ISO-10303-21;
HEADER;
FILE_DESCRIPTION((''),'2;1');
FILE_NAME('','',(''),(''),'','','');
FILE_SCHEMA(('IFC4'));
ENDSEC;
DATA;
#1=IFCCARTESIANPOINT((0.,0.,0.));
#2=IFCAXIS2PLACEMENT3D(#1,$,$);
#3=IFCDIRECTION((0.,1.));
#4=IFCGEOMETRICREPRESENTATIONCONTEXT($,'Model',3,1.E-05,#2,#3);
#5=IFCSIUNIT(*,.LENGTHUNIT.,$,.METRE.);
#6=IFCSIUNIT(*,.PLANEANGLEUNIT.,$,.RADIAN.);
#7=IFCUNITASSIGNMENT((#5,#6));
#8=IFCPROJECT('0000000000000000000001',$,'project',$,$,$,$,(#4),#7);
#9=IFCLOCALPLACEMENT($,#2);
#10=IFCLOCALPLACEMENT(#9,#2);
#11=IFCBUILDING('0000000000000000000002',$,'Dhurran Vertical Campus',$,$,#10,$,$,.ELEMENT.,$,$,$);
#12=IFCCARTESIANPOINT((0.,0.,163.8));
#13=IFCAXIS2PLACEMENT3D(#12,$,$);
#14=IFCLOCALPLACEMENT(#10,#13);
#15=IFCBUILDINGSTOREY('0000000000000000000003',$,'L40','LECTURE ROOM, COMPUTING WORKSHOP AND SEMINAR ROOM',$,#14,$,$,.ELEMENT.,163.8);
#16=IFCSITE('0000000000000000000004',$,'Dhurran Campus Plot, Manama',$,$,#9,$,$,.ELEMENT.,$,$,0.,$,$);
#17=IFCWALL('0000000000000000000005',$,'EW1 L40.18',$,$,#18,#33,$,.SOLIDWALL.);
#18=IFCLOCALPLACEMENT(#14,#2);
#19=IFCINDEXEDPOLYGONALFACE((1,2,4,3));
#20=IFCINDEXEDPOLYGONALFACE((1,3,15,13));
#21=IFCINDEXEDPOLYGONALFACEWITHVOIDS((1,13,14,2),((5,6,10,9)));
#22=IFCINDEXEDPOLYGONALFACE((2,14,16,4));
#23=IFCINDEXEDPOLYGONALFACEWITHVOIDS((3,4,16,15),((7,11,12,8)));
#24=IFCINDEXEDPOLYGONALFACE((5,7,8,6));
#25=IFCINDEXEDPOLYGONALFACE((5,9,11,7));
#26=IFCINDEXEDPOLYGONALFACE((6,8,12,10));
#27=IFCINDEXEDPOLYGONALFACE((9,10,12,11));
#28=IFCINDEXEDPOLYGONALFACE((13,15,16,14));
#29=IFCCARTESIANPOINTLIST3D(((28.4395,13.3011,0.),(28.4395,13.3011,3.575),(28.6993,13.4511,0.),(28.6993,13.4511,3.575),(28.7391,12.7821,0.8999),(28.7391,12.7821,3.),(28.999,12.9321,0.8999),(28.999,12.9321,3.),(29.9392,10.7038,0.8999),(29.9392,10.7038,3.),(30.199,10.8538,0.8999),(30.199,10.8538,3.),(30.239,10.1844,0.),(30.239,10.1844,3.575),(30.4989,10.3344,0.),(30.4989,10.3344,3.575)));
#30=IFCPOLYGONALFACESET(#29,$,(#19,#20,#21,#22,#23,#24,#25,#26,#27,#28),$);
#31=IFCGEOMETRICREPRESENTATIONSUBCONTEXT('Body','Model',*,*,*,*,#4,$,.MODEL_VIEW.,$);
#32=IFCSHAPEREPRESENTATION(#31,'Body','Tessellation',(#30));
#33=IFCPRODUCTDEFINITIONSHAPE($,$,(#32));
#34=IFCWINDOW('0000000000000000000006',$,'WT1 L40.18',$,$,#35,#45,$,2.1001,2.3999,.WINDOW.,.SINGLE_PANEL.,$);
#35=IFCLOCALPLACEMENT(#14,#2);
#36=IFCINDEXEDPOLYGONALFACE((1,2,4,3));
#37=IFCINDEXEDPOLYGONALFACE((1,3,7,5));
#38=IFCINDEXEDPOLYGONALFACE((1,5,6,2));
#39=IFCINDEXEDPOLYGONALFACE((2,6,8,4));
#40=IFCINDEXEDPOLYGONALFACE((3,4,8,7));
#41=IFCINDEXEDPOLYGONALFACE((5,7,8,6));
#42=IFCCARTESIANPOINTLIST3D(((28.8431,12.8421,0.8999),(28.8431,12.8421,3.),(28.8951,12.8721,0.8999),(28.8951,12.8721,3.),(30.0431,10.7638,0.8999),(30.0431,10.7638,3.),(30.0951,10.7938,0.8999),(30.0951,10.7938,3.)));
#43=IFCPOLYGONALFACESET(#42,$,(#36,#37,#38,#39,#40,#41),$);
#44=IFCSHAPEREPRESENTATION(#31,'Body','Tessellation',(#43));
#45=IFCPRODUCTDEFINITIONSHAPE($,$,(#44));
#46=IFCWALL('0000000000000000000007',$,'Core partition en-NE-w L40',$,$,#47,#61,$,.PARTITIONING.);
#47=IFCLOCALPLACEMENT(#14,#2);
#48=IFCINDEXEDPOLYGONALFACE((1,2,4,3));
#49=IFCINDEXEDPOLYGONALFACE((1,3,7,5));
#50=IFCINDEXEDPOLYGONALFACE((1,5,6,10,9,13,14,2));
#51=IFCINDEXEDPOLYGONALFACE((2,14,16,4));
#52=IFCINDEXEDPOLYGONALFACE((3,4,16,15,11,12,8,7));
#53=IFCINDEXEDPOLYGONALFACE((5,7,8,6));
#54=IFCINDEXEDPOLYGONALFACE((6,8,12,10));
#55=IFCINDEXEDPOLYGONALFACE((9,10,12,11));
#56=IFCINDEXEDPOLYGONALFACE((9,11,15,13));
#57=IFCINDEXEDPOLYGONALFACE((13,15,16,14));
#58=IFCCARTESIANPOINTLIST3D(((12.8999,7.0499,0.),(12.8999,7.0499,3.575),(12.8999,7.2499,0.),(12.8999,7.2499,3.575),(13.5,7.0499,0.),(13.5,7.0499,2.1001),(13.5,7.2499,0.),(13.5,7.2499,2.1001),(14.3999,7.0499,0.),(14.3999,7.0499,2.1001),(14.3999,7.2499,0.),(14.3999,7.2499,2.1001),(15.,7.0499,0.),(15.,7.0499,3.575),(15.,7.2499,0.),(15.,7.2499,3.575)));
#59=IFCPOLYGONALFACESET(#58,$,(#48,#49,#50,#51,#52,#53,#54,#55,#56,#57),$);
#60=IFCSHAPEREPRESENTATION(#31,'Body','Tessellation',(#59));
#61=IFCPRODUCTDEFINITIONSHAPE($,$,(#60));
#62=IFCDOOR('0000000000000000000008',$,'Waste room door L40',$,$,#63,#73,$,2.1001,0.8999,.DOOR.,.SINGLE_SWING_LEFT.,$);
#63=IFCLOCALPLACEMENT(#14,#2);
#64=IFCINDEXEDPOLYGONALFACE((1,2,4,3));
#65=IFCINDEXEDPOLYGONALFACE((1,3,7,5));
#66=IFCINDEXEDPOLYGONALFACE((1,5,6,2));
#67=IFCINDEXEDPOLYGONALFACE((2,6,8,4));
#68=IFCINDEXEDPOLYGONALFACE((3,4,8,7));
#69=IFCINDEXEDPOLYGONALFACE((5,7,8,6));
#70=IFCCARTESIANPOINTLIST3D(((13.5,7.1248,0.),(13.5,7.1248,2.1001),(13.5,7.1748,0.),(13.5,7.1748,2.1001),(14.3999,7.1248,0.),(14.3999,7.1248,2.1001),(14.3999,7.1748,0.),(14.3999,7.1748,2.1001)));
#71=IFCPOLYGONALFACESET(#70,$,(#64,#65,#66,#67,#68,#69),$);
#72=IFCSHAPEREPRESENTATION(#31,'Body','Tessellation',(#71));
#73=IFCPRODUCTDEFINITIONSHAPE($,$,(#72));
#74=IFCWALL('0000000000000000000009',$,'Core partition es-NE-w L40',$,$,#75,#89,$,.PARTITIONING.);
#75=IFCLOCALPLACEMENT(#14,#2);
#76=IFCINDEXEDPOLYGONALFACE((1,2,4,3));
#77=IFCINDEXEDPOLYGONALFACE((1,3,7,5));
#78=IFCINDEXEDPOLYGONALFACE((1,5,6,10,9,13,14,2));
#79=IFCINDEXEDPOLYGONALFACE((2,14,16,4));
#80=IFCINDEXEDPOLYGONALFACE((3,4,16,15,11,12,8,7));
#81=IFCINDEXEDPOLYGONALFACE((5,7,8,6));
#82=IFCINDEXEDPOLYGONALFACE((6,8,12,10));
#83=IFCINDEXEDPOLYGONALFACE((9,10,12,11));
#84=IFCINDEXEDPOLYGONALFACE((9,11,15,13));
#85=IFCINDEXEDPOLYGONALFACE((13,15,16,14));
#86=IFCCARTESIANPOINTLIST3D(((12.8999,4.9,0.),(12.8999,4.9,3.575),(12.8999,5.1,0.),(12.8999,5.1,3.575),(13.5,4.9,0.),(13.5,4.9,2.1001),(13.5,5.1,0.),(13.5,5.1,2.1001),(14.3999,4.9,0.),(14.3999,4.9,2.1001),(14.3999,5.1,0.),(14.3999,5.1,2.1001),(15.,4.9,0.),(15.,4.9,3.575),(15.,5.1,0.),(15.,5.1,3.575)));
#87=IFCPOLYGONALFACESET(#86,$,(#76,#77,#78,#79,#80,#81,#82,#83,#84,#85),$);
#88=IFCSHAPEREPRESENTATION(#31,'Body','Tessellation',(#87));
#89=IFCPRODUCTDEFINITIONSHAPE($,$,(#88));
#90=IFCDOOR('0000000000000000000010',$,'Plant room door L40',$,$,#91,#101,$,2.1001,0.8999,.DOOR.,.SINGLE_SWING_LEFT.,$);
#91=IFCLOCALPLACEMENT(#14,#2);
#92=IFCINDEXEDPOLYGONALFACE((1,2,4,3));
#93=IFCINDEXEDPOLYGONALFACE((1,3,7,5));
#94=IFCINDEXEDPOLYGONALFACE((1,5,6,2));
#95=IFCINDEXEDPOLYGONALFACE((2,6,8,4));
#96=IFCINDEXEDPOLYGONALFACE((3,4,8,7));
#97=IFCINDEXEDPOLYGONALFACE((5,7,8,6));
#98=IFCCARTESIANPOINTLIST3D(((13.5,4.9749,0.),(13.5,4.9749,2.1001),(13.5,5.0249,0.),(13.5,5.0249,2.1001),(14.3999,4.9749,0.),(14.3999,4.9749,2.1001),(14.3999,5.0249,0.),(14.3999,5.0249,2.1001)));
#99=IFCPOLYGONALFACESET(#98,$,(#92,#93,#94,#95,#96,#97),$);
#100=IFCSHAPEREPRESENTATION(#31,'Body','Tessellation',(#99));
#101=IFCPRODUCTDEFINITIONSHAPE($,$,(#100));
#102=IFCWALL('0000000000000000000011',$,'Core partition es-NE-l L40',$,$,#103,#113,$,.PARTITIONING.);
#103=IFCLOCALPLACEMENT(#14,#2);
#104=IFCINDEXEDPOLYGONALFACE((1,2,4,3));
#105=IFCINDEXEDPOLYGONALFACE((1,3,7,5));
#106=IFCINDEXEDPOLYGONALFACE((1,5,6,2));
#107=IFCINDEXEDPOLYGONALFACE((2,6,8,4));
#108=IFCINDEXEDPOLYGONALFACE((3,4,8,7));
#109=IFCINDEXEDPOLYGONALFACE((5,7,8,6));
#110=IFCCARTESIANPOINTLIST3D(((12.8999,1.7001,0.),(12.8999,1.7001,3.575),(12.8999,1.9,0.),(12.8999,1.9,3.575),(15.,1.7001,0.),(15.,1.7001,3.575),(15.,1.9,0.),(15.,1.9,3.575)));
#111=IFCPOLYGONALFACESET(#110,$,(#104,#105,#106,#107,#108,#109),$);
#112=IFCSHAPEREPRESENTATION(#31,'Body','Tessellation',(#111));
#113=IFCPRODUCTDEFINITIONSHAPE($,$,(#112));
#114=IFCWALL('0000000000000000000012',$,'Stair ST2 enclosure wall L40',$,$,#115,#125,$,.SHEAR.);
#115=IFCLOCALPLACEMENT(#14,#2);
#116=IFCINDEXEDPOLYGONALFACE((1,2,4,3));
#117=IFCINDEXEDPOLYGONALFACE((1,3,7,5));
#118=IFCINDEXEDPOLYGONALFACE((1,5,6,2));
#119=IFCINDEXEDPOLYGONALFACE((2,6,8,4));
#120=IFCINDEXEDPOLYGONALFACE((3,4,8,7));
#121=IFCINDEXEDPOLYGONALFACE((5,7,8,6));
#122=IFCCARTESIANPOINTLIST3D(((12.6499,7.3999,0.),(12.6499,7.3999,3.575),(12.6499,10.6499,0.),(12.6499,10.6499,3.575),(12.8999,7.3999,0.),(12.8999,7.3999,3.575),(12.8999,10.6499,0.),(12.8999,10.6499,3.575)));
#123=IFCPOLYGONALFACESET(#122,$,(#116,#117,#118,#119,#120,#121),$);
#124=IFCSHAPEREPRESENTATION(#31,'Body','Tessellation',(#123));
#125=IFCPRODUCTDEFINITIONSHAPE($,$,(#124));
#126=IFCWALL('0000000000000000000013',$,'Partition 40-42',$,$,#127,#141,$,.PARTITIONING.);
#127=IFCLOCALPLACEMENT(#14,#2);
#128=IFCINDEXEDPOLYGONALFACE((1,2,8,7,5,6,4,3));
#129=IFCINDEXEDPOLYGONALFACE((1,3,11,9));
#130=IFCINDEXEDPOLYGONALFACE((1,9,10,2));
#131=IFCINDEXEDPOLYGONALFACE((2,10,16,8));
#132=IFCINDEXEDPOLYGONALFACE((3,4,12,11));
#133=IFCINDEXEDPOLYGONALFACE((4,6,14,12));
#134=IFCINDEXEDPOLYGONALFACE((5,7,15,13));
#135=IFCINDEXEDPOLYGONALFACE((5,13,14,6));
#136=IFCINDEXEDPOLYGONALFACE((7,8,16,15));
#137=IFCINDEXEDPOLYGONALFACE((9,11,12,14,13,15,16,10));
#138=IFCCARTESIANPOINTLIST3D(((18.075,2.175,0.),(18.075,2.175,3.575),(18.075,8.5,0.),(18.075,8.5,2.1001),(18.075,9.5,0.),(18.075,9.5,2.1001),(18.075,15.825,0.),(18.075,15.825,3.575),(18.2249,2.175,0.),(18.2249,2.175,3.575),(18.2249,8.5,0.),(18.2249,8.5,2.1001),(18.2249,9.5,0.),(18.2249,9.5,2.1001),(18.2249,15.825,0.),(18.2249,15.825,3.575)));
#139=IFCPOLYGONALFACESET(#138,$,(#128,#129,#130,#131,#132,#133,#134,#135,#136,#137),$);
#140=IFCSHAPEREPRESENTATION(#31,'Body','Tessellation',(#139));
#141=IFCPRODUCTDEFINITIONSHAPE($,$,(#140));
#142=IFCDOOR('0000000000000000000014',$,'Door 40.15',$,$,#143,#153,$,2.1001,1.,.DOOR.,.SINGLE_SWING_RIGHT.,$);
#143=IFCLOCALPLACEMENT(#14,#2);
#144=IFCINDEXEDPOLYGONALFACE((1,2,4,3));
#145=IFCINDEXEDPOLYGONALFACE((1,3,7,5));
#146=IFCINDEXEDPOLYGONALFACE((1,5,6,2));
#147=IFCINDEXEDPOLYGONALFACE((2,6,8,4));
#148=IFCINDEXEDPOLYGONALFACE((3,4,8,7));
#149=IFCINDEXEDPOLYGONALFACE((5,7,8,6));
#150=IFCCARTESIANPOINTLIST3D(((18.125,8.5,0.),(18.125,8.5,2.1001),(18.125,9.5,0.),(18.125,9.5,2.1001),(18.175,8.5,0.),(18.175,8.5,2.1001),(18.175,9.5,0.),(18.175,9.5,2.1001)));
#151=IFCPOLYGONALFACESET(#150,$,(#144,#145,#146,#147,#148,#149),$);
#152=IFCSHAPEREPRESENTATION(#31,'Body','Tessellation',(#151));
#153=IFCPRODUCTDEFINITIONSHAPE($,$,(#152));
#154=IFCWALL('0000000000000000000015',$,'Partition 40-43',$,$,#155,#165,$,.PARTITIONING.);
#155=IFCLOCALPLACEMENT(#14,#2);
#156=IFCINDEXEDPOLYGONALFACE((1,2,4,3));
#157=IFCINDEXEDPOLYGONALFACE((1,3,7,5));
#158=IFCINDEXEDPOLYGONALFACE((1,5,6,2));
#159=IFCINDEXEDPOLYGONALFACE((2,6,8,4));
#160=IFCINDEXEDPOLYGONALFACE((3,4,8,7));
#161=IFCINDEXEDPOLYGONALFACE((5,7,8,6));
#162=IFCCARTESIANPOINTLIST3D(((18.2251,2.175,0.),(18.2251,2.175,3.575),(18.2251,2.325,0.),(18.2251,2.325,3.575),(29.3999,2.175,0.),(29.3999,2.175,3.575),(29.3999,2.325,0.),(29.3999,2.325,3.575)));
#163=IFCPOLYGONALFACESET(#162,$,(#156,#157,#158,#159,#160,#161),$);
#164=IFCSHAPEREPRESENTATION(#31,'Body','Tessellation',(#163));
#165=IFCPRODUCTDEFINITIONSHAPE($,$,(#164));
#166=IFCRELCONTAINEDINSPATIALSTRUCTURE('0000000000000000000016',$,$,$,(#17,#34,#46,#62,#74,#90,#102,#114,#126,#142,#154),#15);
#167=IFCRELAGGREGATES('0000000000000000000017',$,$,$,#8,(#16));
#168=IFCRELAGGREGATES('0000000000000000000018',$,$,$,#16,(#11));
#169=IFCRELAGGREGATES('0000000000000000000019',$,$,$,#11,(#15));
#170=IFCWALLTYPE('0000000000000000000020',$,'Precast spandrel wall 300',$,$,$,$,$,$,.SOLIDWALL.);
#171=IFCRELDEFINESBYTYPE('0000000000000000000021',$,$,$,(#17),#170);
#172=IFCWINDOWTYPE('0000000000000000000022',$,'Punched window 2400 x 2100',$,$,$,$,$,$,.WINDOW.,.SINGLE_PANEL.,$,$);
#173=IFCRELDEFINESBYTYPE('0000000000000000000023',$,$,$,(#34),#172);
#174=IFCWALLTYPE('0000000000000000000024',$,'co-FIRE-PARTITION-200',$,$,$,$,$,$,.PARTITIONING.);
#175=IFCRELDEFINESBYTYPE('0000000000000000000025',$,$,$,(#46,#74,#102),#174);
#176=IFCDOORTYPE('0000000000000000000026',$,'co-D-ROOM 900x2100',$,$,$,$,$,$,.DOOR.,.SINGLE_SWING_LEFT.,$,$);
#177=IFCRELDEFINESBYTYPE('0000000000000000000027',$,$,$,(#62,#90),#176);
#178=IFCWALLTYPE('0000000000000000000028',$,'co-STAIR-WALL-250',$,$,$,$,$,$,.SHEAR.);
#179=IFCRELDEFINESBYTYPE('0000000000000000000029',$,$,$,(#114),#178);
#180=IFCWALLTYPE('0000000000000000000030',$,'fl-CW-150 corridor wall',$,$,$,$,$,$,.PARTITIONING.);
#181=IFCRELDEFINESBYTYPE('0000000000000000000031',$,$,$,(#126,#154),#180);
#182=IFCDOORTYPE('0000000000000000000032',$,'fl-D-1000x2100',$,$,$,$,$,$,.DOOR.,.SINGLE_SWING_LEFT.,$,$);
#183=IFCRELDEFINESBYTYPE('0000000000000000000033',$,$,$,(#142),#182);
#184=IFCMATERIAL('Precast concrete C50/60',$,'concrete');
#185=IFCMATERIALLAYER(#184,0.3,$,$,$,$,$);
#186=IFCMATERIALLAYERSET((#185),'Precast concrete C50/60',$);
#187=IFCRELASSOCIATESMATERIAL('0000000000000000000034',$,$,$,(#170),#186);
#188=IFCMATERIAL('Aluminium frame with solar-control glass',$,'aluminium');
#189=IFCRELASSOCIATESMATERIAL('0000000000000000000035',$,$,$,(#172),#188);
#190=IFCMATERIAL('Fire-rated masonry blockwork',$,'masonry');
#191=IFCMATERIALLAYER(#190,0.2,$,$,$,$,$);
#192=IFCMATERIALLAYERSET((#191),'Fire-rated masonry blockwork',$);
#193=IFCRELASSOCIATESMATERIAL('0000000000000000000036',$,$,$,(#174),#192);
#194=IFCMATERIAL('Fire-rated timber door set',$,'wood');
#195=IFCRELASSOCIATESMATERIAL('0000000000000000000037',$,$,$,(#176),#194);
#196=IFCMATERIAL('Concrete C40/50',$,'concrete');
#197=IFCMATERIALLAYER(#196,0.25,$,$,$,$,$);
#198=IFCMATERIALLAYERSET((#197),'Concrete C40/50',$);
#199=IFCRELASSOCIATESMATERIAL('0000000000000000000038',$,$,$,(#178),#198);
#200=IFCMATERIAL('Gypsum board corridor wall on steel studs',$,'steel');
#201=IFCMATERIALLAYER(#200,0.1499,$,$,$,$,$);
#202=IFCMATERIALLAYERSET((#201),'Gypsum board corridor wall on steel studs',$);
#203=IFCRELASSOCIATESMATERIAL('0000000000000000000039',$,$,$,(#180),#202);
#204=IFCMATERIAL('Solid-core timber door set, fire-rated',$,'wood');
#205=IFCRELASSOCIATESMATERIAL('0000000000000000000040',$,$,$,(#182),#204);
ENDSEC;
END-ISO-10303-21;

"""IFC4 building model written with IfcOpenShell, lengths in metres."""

from ifc_helpers import new_model, si_unit, direction, frame, frame_2d, origin, place, context, subcontext, project, spatial, rectangle, extrude, material, layer, layer_set, type_object, element, fill, save


model = new_model("IFC4")

# Units and contexts
model_context = context("Model", 3, precision=1e-05, world=origin(), true_north=direction((0.0, 1.0)))
body_context = subcontext(model_context, "Body", "Model", "MODEL_VIEW")
ifc_project = project(units=[si_unit("LENGTHUNIT", "METRE"), si_unit("PLANEANGLEUNIT", "RADIAN")], contexts=[model_context])

# Site, building, storey
site_placement = place(None, origin())
site = spatial("IfcSite", under=ifc_project, at=site_placement, Name="Dhurran Campus Plot, Manama", CompositionType="ELEMENT", RefElevation=0.0)
building_placement = place(site_placement, origin())
building = spatial("IfcBuilding", under=site, at=building_placement, Name="Dhurran Vertical Campus", CompositionType="ELEMENT")
storey_placement = place(building_placement, frame((0.0, 0.0, 163.8)))
storey = spatial("IfcBuildingStorey", under=building, at=storey_placement, Name="L40", Description="LECTURE ROOM, COMPUTING WORKSHOP AND SEMINAR ROOM", CompositionType="ELEMENT", Elevation=163.8)

# Wall, opening, window
ifc_material_1 = material(Name="Precast concrete C50/60", Category="concrete")
ifc_layer_1 = layer(ifc_material_1, 0.3)
ifc_layer_set_1 = layer_set([ifc_layer_1], Name="Precast concrete C50/60")
wall_type_1 = type_object("IfcWallType", Name="Precast spandrel wall 300", PredefinedType="SOLIDWALL", material=ifc_layer_set_1)
ifc_material_2 = material(Name="Aluminium frame with solar-control glass", Category="aluminium")
window_type = type_object("IfcWindowType", Name="Punched window 2400 x 2100", PartitioningType="SINGLE_PANEL", PredefinedType="WINDOW", material=ifc_material_2)
wall_1_placement = place(storey_placement, frame((30.3689, 10.2595, 0.0), z_axis=(0.0, 0.0, 1.0), x_axis=(-0.500028, 0.866009, 0.0)))
wall_1 = element("IfcWall", 1, at=wall_1_placement, inside=storey, type_object=wall_type_1, Name="EW1 L40.18", PredefinedType="SOLIDWALL", context=body_context, shape_type="SweptSolid", body=[
    extrude(rectangle(XDim=3.5989, YDim=0.3, at=frame_2d((1.7993, 0.0))), origin(), (0.0, 0.0, 1.0), 3.575),
])
opening_1_placement = place(wall_1_placement, frame((0.5996, 0.0, 0.8999)))
opening_1 = element("IfcOpeningElement", 2, at=opening_1_placement, cuts=wall_1, PredefinedType="OPENING", context=body_context, shape_type="SweptSolid", body=[
    extrude(rectangle(XDim=2.3999, YDim=2.1001, at=frame_2d((1.2, 1.05))), frame((0.0, 0.1599, 0.0), z_axis=(0.0, -1.0, 0.0), x_axis=(1.0, 0.0, 0.0)), (0.0, 0.0, 1.0), 0.3201),
])
window_1_placement = place(opening_1_placement, origin())
window_1 = element("IfcWindow", 3, at=window_1_placement, inside=storey, type_object=window_type, Name="WT1 L40.18", OverallHeight=2.1001, OverallWidth=2.3999, PartitioningType="SINGLE_PANEL", PredefinedType="WINDOW", context=body_context, shape_type="SweptSolid", body=[
    extrude(rectangle(XDim=2.3999, YDim=2.1001, at=frame_2d((1.2, 1.05))), frame((0.0, 0.03, 0.0), z_axis=(0.0, -1.0, 0.0), x_axis=(1.0, 0.0, 0.0)), (0.0, 0.0, 1.0), 0.0601),
])
fill(opening_1, window_1)

# Walls, openings, doors
ifc_material_3 = material(Name="Fire-rated masonry blockwork", Category="masonry")
ifc_layer_2 = layer(ifc_material_3, 0.2)
ifc_layer_set_2 = layer_set([ifc_layer_2], Name="Fire-rated masonry blockwork")
wall_type_2 = type_object("IfcWallType", Name="co-FIRE-PARTITION-200", PredefinedType="PARTITIONING", material=ifc_layer_set_2)
wall_2_placement = place(storey_placement, frame((12.8999, 7.1499, 0.0), z_axis=(0.0, 0.0, 1.0), x_axis=(1.0, 0.0, 0.0)))
wall_2 = element("IfcWall", 4, at=wall_2_placement, inside=storey, type_object=wall_type_2, Name="Core partition en-NE-w L40", PredefinedType="PARTITIONING", context=body_context, shape_type="SweptSolid", body=[
    extrude(rectangle(XDim=2.1001, YDim=0.2, at=frame_2d((1.05, 0.0))), origin(), (0.0, 0.0, 1.0), 3.575),
])
opening_2_placement = place(wall_2_placement, frame((0.6001, 0.0, 0.0)))
opening_2 = element("IfcOpeningElement", 5, at=opening_2_placement, cuts=wall_2, PredefinedType="OPENING", context=body_context, shape_type="SweptSolid", body=[
    extrude(rectangle(XDim=0.8999, YDim=2.1001, at=frame_2d((0.45, 1.05))), frame((0.0, 0.1099, 0.0), z_axis=(0.0, -1.0, 0.0), x_axis=(1.0, 0.0, 0.0)), (0.0, 0.0, 1.0), 0.22),
])
ifc_material_4 = material(Name="Fire-rated timber door set", Category="wood")
door_type_1 = type_object("IfcDoorType", Name="co-D-ROOM 900x2100", OperationType="SINGLE_SWING_LEFT", PredefinedType="DOOR", material=ifc_material_4)
door_1_placement = place(opening_2_placement, origin())
door_1 = element("IfcDoor", 6, at=door_1_placement, inside=storey, type_object=door_type_1, Name="Waste room door L40", OperationType="SINGLE_SWING_LEFT", OverallHeight=2.1001, OverallWidth=0.8999, PredefinedType="DOOR", context=body_context, shape_type="SweptSolid", body=[
    extrude(rectangle(XDim=0.8999, YDim=2.1001, at=frame_2d((0.45, 1.05))), frame((0.0, 0.0249, 0.0), z_axis=(0.0, -1.0, 0.0), x_axis=(1.0, 0.0, 0.0)), (0.0, 0.0, 1.0), 0.05),
])
fill(opening_2, door_1)
wall_3_placement = place(storey_placement, frame((12.8999, 5.0, 0.0), z_axis=(0.0, 0.0, 1.0), x_axis=(1.0, 0.0, 0.0)))
wall_3 = element("IfcWall", 7, at=wall_3_placement, inside=storey, type_object=wall_type_2, Name="Core partition es-NE-w L40", PredefinedType="PARTITIONING", context=body_context, shape_type="SweptSolid", body=[
    extrude(rectangle(XDim=2.1001, YDim=0.2, at=frame_2d((1.05, 0.0))), origin(), (0.0, 0.0, 1.0), 3.575),
])
opening_3_placement = place(wall_3_placement, frame((0.6001, 0.0, 0.0)))
opening_3 = element("IfcOpeningElement", 8, at=opening_3_placement, cuts=wall_3, PredefinedType="OPENING", context=body_context, shape_type="SweptSolid", body=[
    extrude(rectangle(XDim=0.8999, YDim=2.1001, at=frame_2d((0.45, 1.05))), frame((0.0, 0.1099, 0.0), z_axis=(0.0, -1.0, 0.0), x_axis=(1.0, 0.0, 0.0)), (0.0, 0.0, 1.0), 0.22),
])
door_2_placement = place(opening_3_placement, origin())
door_2 = element("IfcDoor", 9, at=door_2_placement, inside=storey, type_object=door_type_1, Name="Plant room door L40", OperationType="SINGLE_SWING_LEFT", OverallHeight=2.1001, OverallWidth=0.8999, PredefinedType="DOOR", context=body_context, shape_type="SweptSolid", body=[
    extrude(rectangle(XDim=0.8999, YDim=2.1001, at=frame_2d((0.45, 1.05))), frame((0.0, 0.0249, 0.0), z_axis=(0.0, -1.0, 0.0), x_axis=(1.0, 0.0, 0.0)), (0.0, 0.0, 1.0), 0.05),
])
fill(opening_3, door_2)

# Walls
wall_4_placement = place(storey_placement, frame((12.8999, 1.8, 0.0), z_axis=(0.0, 0.0, 1.0), x_axis=(1.0, 0.0, 0.0)))
element("IfcWall", 10, at=wall_4_placement, inside=storey, type_object=wall_type_2, Name="Core partition es-NE-l L40", PredefinedType="PARTITIONING", context=body_context, shape_type="SweptSolid", body=[
    extrude(rectangle(XDim=2.1001, YDim=0.2, at=frame_2d((1.05, 0.0))), origin(), (0.0, 0.0, 1.0), 3.575),
])
ifc_material_5 = material(Name="Concrete C40/50", Category="concrete")
ifc_layer_3 = layer(ifc_material_5, 0.25)
ifc_layer_set_3 = layer_set([ifc_layer_3], Name="Concrete C40/50")
wall_type_3 = type_object("IfcWallType", Name="co-STAIR-WALL-250", PredefinedType="SHEAR", material=ifc_layer_set_3)
wall_5_placement = place(storey_placement, frame((12.7749, 7.3999, 0.0), z_axis=(0.0, 0.0, 1.0), x_axis=(0.0, 1.0, 0.0)))
element("IfcWall", 11, at=wall_5_placement, inside=storey, type_object=wall_type_3, Name="Stair ST2 enclosure wall L40", PredefinedType="SHEAR", context=body_context, shape_type="SweptSolid", body=[
    extrude(rectangle(XDim=3.25, YDim=0.25, at=frame_2d((1.625, 0.0))), origin(), (0.0, 0.0, 1.0), 3.575),
])

# Wall, opening, door
ifc_material_6 = material(Name="Gypsum board corridor wall on steel studs", Category="steel")
ifc_layer_4 = layer(ifc_material_6, 0.1499)
ifc_layer_set_4 = layer_set([ifc_layer_4], Name="Gypsum board corridor wall on steel studs")
wall_type_4 = type_object("IfcWallType", Name="fl-CW-150 corridor wall", PredefinedType="PARTITIONING", material=ifc_layer_set_4)
wall_6_placement = place(storey_placement, frame((18.1499, 2.175, 0.0), z_axis=(0.0, 0.0, 1.0), x_axis=(0.0, 1.0, 0.0)))
wall_6 = element("IfcWall", 12, at=wall_6_placement, inside=storey, type_object=wall_type_4, Name="Partition 40-42", PredefinedType="PARTITIONING", context=body_context, shape_type="SweptSolid", body=[
    extrude(rectangle(XDim=13.6499, YDim=0.1499, at=frame_2d((6.825, 0.0))), origin(), (0.0, 0.0, 1.0), 3.575),
])
opening_4_placement = place(wall_6_placement, frame((6.325, 0.0, 0.0)))
opening_4 = element("IfcOpeningElement", 13, at=opening_4_placement, cuts=wall_6, PredefinedType="OPENING", context=body_context, shape_type="SweptSolid", body=[
    extrude(rectangle(XDim=1.0, YDim=2.1001, at=frame_2d((0.5, 1.05))), frame((0.0, 0.085, 0.0), z_axis=(0.0, -1.0, 0.0), x_axis=(1.0, 0.0, 0.0)), (0.0, 0.0, 1.0), 0.1699),
])
ifc_material_7 = material(Name="Solid-core timber door set, fire-rated", Category="wood")
door_type_2 = type_object("IfcDoorType", Name="fl-D-1000x2100", OperationType="SINGLE_SWING_LEFT", PredefinedType="DOOR", material=ifc_material_7)
door_3_placement = place(opening_4_placement, origin())
door_3 = element("IfcDoor", 14, at=door_3_placement, inside=storey, type_object=door_type_2, Name="Door 40.15", OperationType="SINGLE_SWING_RIGHT", OverallHeight=2.1001, OverallWidth=1.0, PredefinedType="DOOR", context=body_context, shape_type="SweptSolid", body=[
    extrude(rectangle(XDim=1.0, YDim=2.1001, at=frame_2d((0.5, 1.05))), frame((0.0, 0.0249, 0.0), z_axis=(0.0, -1.0, 0.0), x_axis=(1.0, 0.0, 0.0)), (0.0, 0.0, 1.0), 0.05),
])
fill(opening_4, door_3)

# Wall
wall_7_placement = place(storey_placement, frame((18.2251, 2.25, 0.0), z_axis=(0.0, 0.0, 1.0), x_axis=(1.0, 0.0, 0.0)))
element("IfcWall", 15, at=wall_7_placement, inside=storey, type_object=wall_type_4, Name="Partition 40-43", PredefinedType="PARTITIONING", context=body_context, shape_type="SweptSolid", body=[
    extrude(rectangle(XDim=11.1748, YDim=0.1499, at=frame_2d((5.5874, 0.0))), origin(), (0.0, 0.0, 1.0), 3.575),
])

save(model, "model.ifc")
